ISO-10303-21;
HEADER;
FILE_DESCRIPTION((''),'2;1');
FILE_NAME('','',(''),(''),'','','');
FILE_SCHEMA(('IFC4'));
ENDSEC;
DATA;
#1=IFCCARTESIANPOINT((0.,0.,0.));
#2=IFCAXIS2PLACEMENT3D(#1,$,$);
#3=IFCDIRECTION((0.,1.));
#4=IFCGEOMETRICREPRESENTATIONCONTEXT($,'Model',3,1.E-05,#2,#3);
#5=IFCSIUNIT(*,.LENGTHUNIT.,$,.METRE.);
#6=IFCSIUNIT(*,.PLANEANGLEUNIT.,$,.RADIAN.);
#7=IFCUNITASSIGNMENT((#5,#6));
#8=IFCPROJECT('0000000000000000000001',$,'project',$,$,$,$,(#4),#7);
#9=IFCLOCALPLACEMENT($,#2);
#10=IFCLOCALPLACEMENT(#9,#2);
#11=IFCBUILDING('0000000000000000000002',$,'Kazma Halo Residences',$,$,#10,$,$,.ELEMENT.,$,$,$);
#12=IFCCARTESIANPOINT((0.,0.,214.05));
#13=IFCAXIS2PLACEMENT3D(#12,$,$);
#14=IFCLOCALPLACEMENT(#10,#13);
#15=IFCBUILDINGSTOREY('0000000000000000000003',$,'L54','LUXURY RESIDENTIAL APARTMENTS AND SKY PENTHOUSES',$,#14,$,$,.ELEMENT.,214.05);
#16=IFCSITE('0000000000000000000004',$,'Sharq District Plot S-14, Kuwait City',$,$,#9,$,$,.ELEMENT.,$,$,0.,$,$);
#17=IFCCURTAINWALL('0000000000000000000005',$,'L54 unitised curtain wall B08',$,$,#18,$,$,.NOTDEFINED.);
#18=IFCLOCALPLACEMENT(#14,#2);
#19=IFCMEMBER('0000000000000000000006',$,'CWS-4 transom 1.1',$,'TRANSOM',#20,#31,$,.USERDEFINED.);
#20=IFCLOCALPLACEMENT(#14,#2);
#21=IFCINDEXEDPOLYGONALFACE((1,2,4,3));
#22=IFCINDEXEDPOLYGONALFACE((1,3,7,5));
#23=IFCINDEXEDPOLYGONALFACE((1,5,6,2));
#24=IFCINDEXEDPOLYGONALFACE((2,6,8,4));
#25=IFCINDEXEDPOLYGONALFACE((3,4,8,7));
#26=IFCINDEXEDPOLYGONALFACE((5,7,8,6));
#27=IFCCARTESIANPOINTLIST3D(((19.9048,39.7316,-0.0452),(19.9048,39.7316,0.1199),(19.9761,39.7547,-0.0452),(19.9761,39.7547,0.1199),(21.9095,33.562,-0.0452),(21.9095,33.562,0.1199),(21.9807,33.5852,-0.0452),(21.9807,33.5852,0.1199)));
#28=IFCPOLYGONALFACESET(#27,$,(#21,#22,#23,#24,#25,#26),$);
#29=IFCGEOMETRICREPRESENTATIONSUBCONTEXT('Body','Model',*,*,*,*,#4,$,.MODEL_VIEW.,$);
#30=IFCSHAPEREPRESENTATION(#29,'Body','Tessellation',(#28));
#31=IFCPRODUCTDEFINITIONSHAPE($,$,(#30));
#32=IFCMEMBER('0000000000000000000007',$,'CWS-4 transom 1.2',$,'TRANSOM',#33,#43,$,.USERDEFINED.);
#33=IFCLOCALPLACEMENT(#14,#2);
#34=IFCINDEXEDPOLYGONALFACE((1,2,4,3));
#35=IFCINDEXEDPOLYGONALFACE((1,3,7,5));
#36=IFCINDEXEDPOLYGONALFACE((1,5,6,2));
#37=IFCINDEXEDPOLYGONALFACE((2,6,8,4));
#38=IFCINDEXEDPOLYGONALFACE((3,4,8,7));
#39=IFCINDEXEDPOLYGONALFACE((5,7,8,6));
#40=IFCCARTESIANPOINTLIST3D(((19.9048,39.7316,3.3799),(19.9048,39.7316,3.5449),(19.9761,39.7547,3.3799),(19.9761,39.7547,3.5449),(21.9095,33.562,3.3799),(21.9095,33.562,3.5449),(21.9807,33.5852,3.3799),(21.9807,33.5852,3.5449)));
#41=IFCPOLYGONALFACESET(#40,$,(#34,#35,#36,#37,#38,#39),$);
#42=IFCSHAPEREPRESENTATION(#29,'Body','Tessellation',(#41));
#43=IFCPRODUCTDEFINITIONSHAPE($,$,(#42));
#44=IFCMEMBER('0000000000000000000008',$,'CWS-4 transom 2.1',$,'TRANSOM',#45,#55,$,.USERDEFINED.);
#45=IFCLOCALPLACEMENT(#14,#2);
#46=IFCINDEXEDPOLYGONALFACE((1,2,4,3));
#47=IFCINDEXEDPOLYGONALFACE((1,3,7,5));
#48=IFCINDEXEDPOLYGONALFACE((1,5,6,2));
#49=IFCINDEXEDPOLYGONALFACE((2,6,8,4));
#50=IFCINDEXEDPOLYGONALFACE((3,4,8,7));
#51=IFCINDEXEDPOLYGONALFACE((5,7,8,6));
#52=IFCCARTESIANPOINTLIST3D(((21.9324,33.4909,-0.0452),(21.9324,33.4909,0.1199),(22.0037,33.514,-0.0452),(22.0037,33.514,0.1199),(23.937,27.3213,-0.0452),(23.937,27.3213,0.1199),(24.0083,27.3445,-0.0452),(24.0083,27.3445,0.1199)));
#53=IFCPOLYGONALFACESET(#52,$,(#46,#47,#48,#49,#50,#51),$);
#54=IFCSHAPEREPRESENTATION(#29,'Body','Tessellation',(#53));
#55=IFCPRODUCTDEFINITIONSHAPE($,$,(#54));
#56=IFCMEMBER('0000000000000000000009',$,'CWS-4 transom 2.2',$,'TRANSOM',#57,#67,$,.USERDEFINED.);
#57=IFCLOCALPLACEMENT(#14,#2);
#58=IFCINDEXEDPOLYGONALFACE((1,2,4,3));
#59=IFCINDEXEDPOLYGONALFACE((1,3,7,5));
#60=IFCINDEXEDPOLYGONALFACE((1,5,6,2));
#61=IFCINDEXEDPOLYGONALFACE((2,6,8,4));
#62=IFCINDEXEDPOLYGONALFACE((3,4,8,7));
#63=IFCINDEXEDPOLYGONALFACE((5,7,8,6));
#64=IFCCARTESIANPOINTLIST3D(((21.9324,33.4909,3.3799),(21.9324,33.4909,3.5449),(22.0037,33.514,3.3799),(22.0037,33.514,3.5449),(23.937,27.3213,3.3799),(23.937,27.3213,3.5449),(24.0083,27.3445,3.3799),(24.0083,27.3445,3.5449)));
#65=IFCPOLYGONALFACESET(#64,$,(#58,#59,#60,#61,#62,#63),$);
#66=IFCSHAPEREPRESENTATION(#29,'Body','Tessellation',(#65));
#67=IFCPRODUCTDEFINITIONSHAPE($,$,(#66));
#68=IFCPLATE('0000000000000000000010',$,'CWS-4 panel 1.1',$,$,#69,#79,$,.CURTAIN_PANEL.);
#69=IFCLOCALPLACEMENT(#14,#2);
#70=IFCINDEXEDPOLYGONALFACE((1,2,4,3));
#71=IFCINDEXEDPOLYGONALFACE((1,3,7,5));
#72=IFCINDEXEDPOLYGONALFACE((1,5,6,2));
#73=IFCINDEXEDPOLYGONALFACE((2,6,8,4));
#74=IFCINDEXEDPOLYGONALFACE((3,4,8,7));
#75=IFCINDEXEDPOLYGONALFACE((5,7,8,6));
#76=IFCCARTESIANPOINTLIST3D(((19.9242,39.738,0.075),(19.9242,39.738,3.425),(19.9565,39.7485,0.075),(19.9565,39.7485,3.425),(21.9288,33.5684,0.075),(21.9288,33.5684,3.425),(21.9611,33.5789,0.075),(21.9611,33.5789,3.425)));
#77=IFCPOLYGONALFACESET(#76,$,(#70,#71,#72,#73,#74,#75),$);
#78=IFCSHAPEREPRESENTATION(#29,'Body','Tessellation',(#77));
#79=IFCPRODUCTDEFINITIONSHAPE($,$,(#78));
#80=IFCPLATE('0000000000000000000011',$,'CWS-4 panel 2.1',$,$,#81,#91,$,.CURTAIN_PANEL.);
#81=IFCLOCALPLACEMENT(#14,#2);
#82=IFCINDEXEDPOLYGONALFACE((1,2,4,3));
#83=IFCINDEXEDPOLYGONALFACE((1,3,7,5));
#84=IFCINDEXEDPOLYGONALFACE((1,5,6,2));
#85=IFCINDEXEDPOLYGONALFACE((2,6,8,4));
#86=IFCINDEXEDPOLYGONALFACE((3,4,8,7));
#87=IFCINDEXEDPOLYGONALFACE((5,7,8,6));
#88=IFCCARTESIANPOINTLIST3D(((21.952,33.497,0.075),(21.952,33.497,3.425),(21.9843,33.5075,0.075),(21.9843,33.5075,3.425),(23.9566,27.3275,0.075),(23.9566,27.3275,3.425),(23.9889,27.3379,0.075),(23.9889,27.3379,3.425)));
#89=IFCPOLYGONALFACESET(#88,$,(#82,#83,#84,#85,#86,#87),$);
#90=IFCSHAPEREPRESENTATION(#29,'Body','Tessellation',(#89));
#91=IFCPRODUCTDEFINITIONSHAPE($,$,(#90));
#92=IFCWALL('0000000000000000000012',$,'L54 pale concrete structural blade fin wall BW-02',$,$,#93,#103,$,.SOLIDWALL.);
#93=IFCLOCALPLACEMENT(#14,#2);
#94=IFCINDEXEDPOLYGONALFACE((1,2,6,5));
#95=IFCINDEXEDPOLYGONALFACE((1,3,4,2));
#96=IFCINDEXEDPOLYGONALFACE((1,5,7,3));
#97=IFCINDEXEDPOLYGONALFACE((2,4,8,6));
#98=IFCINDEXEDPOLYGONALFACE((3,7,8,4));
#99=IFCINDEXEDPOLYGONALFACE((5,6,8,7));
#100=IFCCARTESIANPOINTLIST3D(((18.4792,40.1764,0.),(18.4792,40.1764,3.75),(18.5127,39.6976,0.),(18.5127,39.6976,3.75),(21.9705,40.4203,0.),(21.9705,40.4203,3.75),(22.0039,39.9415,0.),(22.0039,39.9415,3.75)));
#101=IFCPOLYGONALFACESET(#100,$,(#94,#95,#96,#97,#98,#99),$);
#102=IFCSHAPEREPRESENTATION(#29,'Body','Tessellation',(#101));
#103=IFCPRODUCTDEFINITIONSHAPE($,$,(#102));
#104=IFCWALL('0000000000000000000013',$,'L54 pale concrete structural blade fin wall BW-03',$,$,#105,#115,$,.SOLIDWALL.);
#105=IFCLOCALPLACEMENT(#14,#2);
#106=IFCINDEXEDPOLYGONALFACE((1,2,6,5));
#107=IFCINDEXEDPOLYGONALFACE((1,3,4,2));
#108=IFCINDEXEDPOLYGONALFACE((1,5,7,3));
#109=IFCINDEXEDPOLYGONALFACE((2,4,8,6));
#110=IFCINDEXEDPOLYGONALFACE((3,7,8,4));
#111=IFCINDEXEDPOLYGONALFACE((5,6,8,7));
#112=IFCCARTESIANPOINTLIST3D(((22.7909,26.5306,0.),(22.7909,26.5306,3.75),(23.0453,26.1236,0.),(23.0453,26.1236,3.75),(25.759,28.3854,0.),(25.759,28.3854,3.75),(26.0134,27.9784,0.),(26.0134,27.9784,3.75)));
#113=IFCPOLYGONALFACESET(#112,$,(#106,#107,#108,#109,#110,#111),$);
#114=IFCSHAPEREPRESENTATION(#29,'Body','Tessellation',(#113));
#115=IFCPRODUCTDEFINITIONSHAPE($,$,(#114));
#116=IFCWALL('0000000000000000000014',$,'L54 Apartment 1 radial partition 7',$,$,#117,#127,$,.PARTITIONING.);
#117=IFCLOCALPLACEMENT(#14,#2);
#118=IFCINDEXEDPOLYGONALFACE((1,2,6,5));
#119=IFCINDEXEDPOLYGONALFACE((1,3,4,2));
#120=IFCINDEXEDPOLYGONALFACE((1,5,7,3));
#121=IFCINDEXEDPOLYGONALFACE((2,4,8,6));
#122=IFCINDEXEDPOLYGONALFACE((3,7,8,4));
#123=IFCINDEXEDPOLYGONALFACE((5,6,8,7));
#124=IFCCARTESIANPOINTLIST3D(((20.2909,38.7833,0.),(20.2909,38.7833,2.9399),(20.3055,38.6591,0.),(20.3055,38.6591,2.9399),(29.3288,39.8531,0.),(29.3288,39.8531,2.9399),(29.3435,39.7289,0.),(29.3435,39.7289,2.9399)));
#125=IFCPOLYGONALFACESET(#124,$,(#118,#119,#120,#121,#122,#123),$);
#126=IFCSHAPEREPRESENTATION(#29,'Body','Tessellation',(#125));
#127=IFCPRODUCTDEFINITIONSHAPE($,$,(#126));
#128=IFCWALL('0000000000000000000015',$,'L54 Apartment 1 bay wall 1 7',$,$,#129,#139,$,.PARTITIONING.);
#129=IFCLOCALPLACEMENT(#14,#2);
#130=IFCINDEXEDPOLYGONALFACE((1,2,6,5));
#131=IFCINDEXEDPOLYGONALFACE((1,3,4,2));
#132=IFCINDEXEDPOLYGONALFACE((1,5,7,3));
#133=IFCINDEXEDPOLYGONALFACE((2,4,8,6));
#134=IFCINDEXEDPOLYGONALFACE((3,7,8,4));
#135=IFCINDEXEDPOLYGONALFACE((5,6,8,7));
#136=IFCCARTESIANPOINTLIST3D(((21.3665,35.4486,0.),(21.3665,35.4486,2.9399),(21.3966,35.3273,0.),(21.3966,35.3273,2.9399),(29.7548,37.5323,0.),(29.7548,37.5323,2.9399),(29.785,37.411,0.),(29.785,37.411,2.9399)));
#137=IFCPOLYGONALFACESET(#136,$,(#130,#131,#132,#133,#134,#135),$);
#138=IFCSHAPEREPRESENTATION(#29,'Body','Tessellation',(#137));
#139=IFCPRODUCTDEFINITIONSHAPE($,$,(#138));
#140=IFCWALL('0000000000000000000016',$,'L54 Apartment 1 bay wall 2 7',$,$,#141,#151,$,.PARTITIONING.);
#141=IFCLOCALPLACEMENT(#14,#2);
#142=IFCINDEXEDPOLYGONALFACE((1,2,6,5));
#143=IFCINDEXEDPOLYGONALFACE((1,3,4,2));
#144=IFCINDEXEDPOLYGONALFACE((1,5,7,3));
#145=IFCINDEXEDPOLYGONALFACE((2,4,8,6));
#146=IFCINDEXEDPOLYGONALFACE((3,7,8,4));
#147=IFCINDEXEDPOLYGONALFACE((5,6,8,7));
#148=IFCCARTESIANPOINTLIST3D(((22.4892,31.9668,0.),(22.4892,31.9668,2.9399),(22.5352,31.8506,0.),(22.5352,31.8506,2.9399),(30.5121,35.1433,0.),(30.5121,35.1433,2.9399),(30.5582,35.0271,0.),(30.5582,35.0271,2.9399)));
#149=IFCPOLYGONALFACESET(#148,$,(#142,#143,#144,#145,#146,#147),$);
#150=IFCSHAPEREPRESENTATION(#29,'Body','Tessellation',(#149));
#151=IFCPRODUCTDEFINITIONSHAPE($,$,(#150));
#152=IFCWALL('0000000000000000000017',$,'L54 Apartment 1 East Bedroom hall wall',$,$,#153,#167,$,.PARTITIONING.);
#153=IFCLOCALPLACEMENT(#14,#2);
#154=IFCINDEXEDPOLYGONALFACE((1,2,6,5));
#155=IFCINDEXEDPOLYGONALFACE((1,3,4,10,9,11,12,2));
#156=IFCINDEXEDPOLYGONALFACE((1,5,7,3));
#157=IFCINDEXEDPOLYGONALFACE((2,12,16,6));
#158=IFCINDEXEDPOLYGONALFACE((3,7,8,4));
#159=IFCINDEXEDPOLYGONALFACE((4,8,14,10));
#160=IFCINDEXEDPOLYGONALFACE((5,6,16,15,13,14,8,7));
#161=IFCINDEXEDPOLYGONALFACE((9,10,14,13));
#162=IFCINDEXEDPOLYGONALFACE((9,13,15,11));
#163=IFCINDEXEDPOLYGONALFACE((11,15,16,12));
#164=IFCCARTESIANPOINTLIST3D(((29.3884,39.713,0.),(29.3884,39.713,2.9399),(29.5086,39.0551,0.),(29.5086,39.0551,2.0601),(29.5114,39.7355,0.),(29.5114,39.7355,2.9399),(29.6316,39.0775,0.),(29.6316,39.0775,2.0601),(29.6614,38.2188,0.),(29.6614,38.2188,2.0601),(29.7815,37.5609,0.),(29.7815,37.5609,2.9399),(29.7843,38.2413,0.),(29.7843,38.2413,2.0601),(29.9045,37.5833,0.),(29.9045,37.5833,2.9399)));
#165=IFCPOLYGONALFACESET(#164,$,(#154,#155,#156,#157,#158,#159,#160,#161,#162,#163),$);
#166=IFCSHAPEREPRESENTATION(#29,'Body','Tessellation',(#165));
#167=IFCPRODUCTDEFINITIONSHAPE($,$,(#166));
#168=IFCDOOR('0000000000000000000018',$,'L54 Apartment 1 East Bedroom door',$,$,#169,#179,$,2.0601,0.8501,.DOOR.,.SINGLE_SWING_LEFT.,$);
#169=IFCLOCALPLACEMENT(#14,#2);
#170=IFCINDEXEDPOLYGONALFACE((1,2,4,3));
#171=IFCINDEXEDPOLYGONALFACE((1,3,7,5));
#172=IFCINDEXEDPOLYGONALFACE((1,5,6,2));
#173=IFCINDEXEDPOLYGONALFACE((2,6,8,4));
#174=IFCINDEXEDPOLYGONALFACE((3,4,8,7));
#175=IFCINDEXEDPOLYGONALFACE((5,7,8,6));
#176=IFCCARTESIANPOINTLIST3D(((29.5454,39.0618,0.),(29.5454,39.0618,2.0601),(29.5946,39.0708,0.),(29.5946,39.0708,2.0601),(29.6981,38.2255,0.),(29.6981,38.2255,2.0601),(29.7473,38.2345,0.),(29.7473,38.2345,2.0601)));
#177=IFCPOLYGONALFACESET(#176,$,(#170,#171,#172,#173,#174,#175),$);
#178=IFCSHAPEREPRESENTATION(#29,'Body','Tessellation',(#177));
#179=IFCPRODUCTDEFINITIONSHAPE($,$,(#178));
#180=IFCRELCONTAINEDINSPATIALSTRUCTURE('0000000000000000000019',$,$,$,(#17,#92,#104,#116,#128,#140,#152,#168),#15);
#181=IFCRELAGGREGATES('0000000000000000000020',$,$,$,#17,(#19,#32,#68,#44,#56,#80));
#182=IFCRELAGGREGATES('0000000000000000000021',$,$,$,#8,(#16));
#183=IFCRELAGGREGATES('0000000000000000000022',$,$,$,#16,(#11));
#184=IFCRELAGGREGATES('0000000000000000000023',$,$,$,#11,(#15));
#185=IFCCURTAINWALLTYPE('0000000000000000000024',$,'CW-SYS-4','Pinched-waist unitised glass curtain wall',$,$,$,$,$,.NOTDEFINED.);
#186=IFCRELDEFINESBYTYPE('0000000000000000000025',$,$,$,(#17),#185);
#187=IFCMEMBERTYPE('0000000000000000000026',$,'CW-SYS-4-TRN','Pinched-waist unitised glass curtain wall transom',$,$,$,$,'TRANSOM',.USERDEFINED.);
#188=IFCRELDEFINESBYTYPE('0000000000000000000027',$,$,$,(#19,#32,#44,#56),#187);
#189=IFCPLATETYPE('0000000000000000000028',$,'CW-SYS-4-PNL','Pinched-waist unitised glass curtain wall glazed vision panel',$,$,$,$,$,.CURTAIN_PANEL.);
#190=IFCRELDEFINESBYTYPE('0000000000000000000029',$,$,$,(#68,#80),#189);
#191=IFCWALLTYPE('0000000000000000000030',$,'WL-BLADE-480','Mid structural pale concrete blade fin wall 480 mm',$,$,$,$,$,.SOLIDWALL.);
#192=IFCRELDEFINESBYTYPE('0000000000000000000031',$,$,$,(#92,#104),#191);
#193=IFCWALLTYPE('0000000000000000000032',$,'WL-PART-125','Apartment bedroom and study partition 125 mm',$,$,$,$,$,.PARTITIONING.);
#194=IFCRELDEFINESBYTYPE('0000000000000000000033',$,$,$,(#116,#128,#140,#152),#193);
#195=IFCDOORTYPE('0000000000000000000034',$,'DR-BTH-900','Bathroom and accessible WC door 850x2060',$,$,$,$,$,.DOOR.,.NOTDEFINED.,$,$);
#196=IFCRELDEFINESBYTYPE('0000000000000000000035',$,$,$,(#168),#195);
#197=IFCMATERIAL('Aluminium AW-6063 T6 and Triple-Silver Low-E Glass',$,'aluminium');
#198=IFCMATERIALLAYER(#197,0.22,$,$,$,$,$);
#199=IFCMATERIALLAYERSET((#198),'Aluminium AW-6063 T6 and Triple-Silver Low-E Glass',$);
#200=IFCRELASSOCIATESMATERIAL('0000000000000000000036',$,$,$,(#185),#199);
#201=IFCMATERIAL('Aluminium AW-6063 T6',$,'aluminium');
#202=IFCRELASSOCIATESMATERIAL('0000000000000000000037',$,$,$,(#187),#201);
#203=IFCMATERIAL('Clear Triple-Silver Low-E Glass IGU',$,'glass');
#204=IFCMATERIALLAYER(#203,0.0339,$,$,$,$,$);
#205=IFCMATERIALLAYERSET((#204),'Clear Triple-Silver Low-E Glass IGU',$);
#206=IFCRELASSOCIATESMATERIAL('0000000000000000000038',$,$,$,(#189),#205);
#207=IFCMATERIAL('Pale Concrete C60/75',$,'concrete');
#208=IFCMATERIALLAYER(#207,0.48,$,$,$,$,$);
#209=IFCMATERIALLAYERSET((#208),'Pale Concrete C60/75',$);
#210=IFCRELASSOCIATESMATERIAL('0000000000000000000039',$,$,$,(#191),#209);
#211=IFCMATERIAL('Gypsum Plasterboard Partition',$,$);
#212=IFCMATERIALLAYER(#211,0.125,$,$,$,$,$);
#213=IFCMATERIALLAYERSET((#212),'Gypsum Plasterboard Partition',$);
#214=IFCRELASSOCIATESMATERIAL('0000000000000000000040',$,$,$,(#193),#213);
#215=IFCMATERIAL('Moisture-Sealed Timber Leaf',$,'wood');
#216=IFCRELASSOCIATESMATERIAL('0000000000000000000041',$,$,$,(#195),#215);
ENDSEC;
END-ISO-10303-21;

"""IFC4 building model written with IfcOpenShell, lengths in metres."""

from ifc_helpers import new_model, si_unit, direction, frame, frame_2d, origin, origin_2d, place, context, subcontext, project, spatial, rectangle, extrude, material, layer, layer_set, material_profile, profile_set, type_object, element, fill, aggregate, save


model = new_model("IFC4")

# Units and contexts
model_context = context("Model", 3, precision=1e-05, world=origin(), true_north=direction((0.0, 1.0)))
body_context = subcontext(model_context, "Body", "Model", "MODEL_VIEW")
ifc_project = project(units=[si_unit("LENGTHUNIT", "METRE"), si_unit("PLANEANGLEUNIT", "RADIAN")], contexts=[model_context])

# Site, building, storey
site_placement = place(None, origin())
site = spatial("IfcSite", under=ifc_project, at=site_placement, Name="Sharq District Plot S-14, Kuwait City", CompositionType="ELEMENT", RefElevation=0.0)
building_placement = place(site_placement, origin())
building = spatial("IfcBuilding", under=site, at=building_placement, Name="Kazma Halo Residences", CompositionType="ELEMENT")
storey_placement = place(building_placement, frame((0.0, 0.0, 214.05)))
storey = spatial("IfcBuildingStorey", under=building, at=storey_placement, Name="L54", Description="LUXURY RESIDENTIAL APARTMENTS AND SKY PENTHOUSES", CompositionType="ELEMENT", Elevation=214.05)

# Shared definitions
ifc_material_1 = material(Name="Aluminium AW-6063 T6 and Triple-Silver Low-E Glass", Category="aluminium")
ifc_layer_1 = layer(ifc_material_1, 0.22)
ifc_layer_set_1 = layer_set([ifc_layer_1], Name="Aluminium AW-6063 T6 and Triple-Silver Low-E Glass")
curtain_wall_type = type_object("IfcCurtainWallType", Name="CW-SYS-4", Description="Pinched-waist unitised glass curtain wall", PredefinedType="NOTDEFINED", material=ifc_layer_set_1)
ifc_material_2 = material(Name="Aluminium AW-6063 T6", Category="aluminium")

# Curtain wall, members, plates
curtain_wall_1_placement = place(storey_placement, origin())
curtain_wall_1 = element("IfcCurtainWall", 1, at=curtain_wall_1_placement, inside=storey, type_object=curtain_wall_type, Name="L54 unitised curtain wall B08", PredefinedType="NOTDEFINED")
ifc_material_profile_1 = material_profile(ifc_material_2, rectangle(XDim=0.075, YDim=0.165, at=origin_2d()), Name="CWT-75x165")
ifc_profile_set_1 = profile_set([ifc_material_profile_1], Name="Aluminium AW-6063 T6")
member_type_1 = type_object("IfcMemberType", Name="CW-SYS-4-TRN", Description="Pinched-waist unitised glass curtain wall transom", ElementType="TRANSOM", PredefinedType="USERDEFINED", material=ifc_profile_set_1)
member_1_placement = place(storey_placement, frame((19.9404, 39.7432, 0.0374), z_axis=(0.309027, -0.951053, 0.0), x_axis=(0.951053, 0.309027, 0.0)))
member_1 = element("IfcMember", 2, at=member_1_placement, type_object=member_type_1, Name="CWS-4 transom 1.1", ObjectType="TRANSOM", PredefinedType="USERDEFINED", context=body_context, shape_type="SweptSolid", body=[
    extrude(rectangle(XDim=0.075, YDim=0.165, at=origin_2d()), origin(), (0.0, 0.0, 1.0), 6.4871),
])
member_2_placement = place(storey_placement, frame((19.9404, 39.7432, 3.4624), z_axis=(0.309027, -0.951053, 0.0), x_axis=(0.951053, 0.309027, 0.0)))
member_2 = element("IfcMember", 3, at=member_2_placement, type_object=member_type_1, Name="CWS-4 transom 1.2", ObjectType="TRANSOM", PredefinedType="USERDEFINED", context=body_context, shape_type="SweptSolid", body=[
    extrude(rectangle(XDim=0.075, YDim=0.165, at=origin_2d()), origin(), (0.0, 0.0, 1.0), 6.4871),
])
member_3_placement = place(storey_placement, frame((21.968, 33.5024, 0.0374), z_axis=(0.309015, -0.951057, 0.0), x_axis=(0.951057, 0.309015, 0.0)))
member_3 = element("IfcMember", 4, at=member_3_placement, type_object=member_type_1, Name="CWS-4 transom 2.1", ObjectType="TRANSOM", PredefinedType="USERDEFINED", context=body_context, shape_type="SweptSolid", body=[
    extrude(rectangle(XDim=0.075, YDim=0.165, at=origin_2d()), origin(), (0.0, 0.0, 1.0), 6.4871),
])
member_4_placement = place(storey_placement, frame((21.968, 33.5024, 3.4624), z_axis=(0.309015, -0.951057, 0.0), x_axis=(0.951057, 0.309015, 0.0)))
member_4 = element("IfcMember", 5, at=member_4_placement, type_object=member_type_1, Name="CWS-4 transom 2.2", ObjectType="TRANSOM", PredefinedType="USERDEFINED", context=body_context, shape_type="SweptSolid", body=[
    extrude(rectangle(XDim=0.075, YDim=0.165, at=origin_2d()), origin(), (0.0, 0.0, 1.0), 6.4871),
])
ifc_material_3 = material(Name="Clear Triple-Silver Low-E Glass IGU", Category="glass")
ifc_layer_2 = layer(ifc_material_3, 0.0339)
ifc_layer_set_2 = layer_set([ifc_layer_2], Name="Clear Triple-Silver Low-E Glass IGU")
plate_type = type_object("IfcPlateType", Name="CW-SYS-4-PNL", Description="Pinched-waist unitised glass curtain wall glazed vision panel", PredefinedType="CURTAIN_PANEL", material=ifc_layer_set_2)
plate_1_placement = place(storey_placement, frame((20.9426, 36.6584, 0.075), z_axis=(0.0, 0.0, 1.0), x_axis=(0.309016, -0.951057, 0.0)))
plate_1 = element("IfcPlate", 6, at=plate_1_placement, type_object=plate_type, Name="CWS-4 panel 1.1", PredefinedType="CURTAIN_PANEL", context=body_context, shape_type="SweptSolid", body=[
    extrude(rectangle(XDim=6.4871, YDim=0.0339, at=origin_2d()), origin(), (0.0, 0.0, 1.0), 3.3501),
])
plate_2_placement = place(storey_placement, frame((22.9705, 30.4175, 0.075), z_axis=(0.0, 0.0, 1.0), x_axis=(0.309016, -0.951057, 0.0)))
plate_2 = element("IfcPlate", 7, at=plate_2_placement, type_object=plate_type, Name="CWS-4 panel 2.1", PredefinedType="CURTAIN_PANEL", context=body_context, shape_type="SweptSolid", body=[
    extrude(rectangle(XDim=6.4871, YDim=0.0339, at=origin_2d()), origin(), (0.0, 0.0, 1.0), 3.3501),
])
aggregate(curtain_wall_1, [member_1, member_2, plate_1, member_3, member_4, plate_2])

# Walls
ifc_material_4 = material(Name="Pale Concrete C60/75", Category="concrete")
ifc_layer_3 = layer(ifc_material_4, 0.48)
ifc_layer_set_3 = layer_set([ifc_layer_3], Name="Pale Concrete C60/75")
wall_type_1 = type_object("IfcWallType", Name="WL-BLADE-480", Description="Mid structural pale concrete blade fin wall 480 mm", PredefinedType="SOLIDWALL", material=ifc_layer_set_3)
wall_1_placement = place(storey_placement, frame((21.9873, 40.1809, 0.0), z_axis=(0.0, 0.0, 1.0), x_axis=(-0.997569, -0.06969, 0.0)))
element("IfcWall", 8, at=wall_1_placement, inside=storey, type_object=wall_type_1, Name="L54 pale concrete structural blade fin wall BW-02", PredefinedType="SOLIDWALL", context=body_context, shape_type="SweptSolid", body=[
    extrude(rectangle(XDim=3.4998, YDim=0.48, at=frame_2d((1.75, 0.0))), origin(), (0.0, 0.0, 1.0), 3.75),
])
wall_2_placement = place(storey_placement, frame((25.8862, 28.1819, 0.0), z_axis=(0.0, 0.0, 1.0), x_axis=(-0.848034, -0.529943, 0.0)))
element("IfcWall", 9, at=wall_2_placement, inside=storey, type_object=wall_type_1, Name="L54 pale concrete structural blade fin wall BW-03", PredefinedType="SOLIDWALL", context=body_context, shape_type="SweptSolid", body=[
    extrude(rectangle(XDim=3.5, YDim=0.48, at=frame_2d((1.75, 0.0))), origin(), (0.0, 0.0, 1.0), 3.75),
])
ifc_material_5 = material(Name="Gypsum Plasterboard Partition")
ifc_layer_4 = layer(ifc_material_5, 0.125)
ifc_layer_set_4 = layer_set([ifc_layer_4], Name="Gypsum Plasterboard Partition")
wall_type_2 = type_object("IfcWallType", Name="WL-PART-125", Description="Apartment bedroom and study partition 125 mm", PredefinedType="PARTITIONING", material=ifc_layer_set_4)
wall_3_placement = place(storey_placement, frame((29.3362, 39.791, 0.0), z_axis=(0.0, 0.0, 1.0), x_axis=(-0.993067, -0.117548, 0.0)))
element("IfcWall", 10, at=wall_3_placement, inside=storey, type_object=wall_type_2, Name="L54 Apartment 1 radial partition 7", PredefinedType="PARTITIONING", context=body_context, shape_type="SweptSolid", body=[
    extrude(rectangle(XDim=9.1011, YDim=0.125, at=frame_2d((4.5505, 0.0))), origin(), (0.0, 0.0, 1.0), 2.9399),
])
wall_4_placement = place(storey_placement, frame((29.77, 37.4717, 0.0), z_axis=(0.0, 0.0, 1.0), x_axis=(-0.970505, -0.24108, 0.0)))
element("IfcWall", 11, at=wall_4_placement, inside=storey, type_object=wall_type_2, Name="L54 Apartment 1 bay wall 1 7", PredefinedType="PARTITIONING", context=body_context, shape_type="SweptSolid", body=[
    extrude(rectangle(XDim=8.6433, YDim=0.125, at=frame_2d((4.3218, 0.0))), origin(), (0.0, 0.0, 1.0), 2.9399),
])
wall_5_placement = place(storey_placement, frame((30.5352, 35.0852, 0.0), z_axis=(0.0, 0.0, 1.0), x_axis=(-0.929776, -0.368125, 0.0)))
element("IfcWall", 12, at=wall_5_placement, inside=storey, type_object=wall_type_2, Name="L54 Apartment 1 bay wall 2 7", PredefinedType="PARTITIONING", context=body_context, shape_type="SweptSolid", body=[
    extrude(rectangle(XDim=8.6289, YDim=0.125, at=frame_2d((4.3145, 0.0))), origin(), (0.0, 0.0, 1.0), 2.9399),
])

# Wall, opening, door
wall_6_placement = place(storey_placement, frame((29.45, 39.7241, 0.0), z_axis=(0.0, 0.0, 1.0), x_axis=(0.179671, -0.983727, 0.0)))
wall_6 = element("IfcWall", 13, at=wall_6_placement, inside=storey, type_object=wall_type_2, Name="L54 Apartment 1 East Bedroom hall wall", PredefinedType="PARTITIONING", context=body_context, shape_type="SweptSolid", body=[
    extrude(rectangle(XDim=2.1877, YDim=0.125, at=frame_2d((1.0938, 0.0))), origin(), (0.0, 0.0, 1.0), 2.9399),
])
opening_1_placement = place(wall_6_placement, frame((0.6687, 0.0, 0.0)))
opening_1 = element("IfcOpeningElement", 14, at=opening_1_placement, cuts=wall_6, PredefinedType="OPENING", context=body_context, shape_type="SweptSolid", body=[
    extrude(rectangle(XDim=0.8501, YDim=2.0601, at=frame_2d((0.425, 1.03))), frame((0.0, 0.0725, 0.0), z_axis=(0.0, -1.0, 0.0), x_axis=(1.0, 0.0, 0.0)), (0.0, 0.0, 1.0), 0.145),
])
ifc_material_6 = material(Name="Moisture-Sealed Timber Leaf", Category="wood")
door_type = type_object("IfcDoorType", Name="DR-BTH-900", Description="Bathroom and accessible WC door 850x2060", OperationType="NOTDEFINED", PredefinedType="DOOR", material=ifc_material_6)
door_1_placement = place(opening_1_placement, origin())
door_1 = element("IfcDoor", 15, at=door_1_placement, inside=storey, type_object=door_type, Name="L54 Apartment 1 East Bedroom door", OperationType="SINGLE_SWING_LEFT", OverallHeight=2.0601, OverallWidth=0.8501, PredefinedType="DOOR", context=body_context, shape_type="SweptSolid", body=[
    extrude(rectangle(XDim=0.8501, YDim=2.0601, at=frame_2d((0.425, 1.03))), frame((0.0, 0.0249, 0.0), z_axis=(0.0, -1.0, 0.0), x_axis=(1.0, 0.0, 0.0)), (0.0, 0.0, 1.0), 0.05),
])
fill(opening_1, door_1)

save(model, "model.ifc")
